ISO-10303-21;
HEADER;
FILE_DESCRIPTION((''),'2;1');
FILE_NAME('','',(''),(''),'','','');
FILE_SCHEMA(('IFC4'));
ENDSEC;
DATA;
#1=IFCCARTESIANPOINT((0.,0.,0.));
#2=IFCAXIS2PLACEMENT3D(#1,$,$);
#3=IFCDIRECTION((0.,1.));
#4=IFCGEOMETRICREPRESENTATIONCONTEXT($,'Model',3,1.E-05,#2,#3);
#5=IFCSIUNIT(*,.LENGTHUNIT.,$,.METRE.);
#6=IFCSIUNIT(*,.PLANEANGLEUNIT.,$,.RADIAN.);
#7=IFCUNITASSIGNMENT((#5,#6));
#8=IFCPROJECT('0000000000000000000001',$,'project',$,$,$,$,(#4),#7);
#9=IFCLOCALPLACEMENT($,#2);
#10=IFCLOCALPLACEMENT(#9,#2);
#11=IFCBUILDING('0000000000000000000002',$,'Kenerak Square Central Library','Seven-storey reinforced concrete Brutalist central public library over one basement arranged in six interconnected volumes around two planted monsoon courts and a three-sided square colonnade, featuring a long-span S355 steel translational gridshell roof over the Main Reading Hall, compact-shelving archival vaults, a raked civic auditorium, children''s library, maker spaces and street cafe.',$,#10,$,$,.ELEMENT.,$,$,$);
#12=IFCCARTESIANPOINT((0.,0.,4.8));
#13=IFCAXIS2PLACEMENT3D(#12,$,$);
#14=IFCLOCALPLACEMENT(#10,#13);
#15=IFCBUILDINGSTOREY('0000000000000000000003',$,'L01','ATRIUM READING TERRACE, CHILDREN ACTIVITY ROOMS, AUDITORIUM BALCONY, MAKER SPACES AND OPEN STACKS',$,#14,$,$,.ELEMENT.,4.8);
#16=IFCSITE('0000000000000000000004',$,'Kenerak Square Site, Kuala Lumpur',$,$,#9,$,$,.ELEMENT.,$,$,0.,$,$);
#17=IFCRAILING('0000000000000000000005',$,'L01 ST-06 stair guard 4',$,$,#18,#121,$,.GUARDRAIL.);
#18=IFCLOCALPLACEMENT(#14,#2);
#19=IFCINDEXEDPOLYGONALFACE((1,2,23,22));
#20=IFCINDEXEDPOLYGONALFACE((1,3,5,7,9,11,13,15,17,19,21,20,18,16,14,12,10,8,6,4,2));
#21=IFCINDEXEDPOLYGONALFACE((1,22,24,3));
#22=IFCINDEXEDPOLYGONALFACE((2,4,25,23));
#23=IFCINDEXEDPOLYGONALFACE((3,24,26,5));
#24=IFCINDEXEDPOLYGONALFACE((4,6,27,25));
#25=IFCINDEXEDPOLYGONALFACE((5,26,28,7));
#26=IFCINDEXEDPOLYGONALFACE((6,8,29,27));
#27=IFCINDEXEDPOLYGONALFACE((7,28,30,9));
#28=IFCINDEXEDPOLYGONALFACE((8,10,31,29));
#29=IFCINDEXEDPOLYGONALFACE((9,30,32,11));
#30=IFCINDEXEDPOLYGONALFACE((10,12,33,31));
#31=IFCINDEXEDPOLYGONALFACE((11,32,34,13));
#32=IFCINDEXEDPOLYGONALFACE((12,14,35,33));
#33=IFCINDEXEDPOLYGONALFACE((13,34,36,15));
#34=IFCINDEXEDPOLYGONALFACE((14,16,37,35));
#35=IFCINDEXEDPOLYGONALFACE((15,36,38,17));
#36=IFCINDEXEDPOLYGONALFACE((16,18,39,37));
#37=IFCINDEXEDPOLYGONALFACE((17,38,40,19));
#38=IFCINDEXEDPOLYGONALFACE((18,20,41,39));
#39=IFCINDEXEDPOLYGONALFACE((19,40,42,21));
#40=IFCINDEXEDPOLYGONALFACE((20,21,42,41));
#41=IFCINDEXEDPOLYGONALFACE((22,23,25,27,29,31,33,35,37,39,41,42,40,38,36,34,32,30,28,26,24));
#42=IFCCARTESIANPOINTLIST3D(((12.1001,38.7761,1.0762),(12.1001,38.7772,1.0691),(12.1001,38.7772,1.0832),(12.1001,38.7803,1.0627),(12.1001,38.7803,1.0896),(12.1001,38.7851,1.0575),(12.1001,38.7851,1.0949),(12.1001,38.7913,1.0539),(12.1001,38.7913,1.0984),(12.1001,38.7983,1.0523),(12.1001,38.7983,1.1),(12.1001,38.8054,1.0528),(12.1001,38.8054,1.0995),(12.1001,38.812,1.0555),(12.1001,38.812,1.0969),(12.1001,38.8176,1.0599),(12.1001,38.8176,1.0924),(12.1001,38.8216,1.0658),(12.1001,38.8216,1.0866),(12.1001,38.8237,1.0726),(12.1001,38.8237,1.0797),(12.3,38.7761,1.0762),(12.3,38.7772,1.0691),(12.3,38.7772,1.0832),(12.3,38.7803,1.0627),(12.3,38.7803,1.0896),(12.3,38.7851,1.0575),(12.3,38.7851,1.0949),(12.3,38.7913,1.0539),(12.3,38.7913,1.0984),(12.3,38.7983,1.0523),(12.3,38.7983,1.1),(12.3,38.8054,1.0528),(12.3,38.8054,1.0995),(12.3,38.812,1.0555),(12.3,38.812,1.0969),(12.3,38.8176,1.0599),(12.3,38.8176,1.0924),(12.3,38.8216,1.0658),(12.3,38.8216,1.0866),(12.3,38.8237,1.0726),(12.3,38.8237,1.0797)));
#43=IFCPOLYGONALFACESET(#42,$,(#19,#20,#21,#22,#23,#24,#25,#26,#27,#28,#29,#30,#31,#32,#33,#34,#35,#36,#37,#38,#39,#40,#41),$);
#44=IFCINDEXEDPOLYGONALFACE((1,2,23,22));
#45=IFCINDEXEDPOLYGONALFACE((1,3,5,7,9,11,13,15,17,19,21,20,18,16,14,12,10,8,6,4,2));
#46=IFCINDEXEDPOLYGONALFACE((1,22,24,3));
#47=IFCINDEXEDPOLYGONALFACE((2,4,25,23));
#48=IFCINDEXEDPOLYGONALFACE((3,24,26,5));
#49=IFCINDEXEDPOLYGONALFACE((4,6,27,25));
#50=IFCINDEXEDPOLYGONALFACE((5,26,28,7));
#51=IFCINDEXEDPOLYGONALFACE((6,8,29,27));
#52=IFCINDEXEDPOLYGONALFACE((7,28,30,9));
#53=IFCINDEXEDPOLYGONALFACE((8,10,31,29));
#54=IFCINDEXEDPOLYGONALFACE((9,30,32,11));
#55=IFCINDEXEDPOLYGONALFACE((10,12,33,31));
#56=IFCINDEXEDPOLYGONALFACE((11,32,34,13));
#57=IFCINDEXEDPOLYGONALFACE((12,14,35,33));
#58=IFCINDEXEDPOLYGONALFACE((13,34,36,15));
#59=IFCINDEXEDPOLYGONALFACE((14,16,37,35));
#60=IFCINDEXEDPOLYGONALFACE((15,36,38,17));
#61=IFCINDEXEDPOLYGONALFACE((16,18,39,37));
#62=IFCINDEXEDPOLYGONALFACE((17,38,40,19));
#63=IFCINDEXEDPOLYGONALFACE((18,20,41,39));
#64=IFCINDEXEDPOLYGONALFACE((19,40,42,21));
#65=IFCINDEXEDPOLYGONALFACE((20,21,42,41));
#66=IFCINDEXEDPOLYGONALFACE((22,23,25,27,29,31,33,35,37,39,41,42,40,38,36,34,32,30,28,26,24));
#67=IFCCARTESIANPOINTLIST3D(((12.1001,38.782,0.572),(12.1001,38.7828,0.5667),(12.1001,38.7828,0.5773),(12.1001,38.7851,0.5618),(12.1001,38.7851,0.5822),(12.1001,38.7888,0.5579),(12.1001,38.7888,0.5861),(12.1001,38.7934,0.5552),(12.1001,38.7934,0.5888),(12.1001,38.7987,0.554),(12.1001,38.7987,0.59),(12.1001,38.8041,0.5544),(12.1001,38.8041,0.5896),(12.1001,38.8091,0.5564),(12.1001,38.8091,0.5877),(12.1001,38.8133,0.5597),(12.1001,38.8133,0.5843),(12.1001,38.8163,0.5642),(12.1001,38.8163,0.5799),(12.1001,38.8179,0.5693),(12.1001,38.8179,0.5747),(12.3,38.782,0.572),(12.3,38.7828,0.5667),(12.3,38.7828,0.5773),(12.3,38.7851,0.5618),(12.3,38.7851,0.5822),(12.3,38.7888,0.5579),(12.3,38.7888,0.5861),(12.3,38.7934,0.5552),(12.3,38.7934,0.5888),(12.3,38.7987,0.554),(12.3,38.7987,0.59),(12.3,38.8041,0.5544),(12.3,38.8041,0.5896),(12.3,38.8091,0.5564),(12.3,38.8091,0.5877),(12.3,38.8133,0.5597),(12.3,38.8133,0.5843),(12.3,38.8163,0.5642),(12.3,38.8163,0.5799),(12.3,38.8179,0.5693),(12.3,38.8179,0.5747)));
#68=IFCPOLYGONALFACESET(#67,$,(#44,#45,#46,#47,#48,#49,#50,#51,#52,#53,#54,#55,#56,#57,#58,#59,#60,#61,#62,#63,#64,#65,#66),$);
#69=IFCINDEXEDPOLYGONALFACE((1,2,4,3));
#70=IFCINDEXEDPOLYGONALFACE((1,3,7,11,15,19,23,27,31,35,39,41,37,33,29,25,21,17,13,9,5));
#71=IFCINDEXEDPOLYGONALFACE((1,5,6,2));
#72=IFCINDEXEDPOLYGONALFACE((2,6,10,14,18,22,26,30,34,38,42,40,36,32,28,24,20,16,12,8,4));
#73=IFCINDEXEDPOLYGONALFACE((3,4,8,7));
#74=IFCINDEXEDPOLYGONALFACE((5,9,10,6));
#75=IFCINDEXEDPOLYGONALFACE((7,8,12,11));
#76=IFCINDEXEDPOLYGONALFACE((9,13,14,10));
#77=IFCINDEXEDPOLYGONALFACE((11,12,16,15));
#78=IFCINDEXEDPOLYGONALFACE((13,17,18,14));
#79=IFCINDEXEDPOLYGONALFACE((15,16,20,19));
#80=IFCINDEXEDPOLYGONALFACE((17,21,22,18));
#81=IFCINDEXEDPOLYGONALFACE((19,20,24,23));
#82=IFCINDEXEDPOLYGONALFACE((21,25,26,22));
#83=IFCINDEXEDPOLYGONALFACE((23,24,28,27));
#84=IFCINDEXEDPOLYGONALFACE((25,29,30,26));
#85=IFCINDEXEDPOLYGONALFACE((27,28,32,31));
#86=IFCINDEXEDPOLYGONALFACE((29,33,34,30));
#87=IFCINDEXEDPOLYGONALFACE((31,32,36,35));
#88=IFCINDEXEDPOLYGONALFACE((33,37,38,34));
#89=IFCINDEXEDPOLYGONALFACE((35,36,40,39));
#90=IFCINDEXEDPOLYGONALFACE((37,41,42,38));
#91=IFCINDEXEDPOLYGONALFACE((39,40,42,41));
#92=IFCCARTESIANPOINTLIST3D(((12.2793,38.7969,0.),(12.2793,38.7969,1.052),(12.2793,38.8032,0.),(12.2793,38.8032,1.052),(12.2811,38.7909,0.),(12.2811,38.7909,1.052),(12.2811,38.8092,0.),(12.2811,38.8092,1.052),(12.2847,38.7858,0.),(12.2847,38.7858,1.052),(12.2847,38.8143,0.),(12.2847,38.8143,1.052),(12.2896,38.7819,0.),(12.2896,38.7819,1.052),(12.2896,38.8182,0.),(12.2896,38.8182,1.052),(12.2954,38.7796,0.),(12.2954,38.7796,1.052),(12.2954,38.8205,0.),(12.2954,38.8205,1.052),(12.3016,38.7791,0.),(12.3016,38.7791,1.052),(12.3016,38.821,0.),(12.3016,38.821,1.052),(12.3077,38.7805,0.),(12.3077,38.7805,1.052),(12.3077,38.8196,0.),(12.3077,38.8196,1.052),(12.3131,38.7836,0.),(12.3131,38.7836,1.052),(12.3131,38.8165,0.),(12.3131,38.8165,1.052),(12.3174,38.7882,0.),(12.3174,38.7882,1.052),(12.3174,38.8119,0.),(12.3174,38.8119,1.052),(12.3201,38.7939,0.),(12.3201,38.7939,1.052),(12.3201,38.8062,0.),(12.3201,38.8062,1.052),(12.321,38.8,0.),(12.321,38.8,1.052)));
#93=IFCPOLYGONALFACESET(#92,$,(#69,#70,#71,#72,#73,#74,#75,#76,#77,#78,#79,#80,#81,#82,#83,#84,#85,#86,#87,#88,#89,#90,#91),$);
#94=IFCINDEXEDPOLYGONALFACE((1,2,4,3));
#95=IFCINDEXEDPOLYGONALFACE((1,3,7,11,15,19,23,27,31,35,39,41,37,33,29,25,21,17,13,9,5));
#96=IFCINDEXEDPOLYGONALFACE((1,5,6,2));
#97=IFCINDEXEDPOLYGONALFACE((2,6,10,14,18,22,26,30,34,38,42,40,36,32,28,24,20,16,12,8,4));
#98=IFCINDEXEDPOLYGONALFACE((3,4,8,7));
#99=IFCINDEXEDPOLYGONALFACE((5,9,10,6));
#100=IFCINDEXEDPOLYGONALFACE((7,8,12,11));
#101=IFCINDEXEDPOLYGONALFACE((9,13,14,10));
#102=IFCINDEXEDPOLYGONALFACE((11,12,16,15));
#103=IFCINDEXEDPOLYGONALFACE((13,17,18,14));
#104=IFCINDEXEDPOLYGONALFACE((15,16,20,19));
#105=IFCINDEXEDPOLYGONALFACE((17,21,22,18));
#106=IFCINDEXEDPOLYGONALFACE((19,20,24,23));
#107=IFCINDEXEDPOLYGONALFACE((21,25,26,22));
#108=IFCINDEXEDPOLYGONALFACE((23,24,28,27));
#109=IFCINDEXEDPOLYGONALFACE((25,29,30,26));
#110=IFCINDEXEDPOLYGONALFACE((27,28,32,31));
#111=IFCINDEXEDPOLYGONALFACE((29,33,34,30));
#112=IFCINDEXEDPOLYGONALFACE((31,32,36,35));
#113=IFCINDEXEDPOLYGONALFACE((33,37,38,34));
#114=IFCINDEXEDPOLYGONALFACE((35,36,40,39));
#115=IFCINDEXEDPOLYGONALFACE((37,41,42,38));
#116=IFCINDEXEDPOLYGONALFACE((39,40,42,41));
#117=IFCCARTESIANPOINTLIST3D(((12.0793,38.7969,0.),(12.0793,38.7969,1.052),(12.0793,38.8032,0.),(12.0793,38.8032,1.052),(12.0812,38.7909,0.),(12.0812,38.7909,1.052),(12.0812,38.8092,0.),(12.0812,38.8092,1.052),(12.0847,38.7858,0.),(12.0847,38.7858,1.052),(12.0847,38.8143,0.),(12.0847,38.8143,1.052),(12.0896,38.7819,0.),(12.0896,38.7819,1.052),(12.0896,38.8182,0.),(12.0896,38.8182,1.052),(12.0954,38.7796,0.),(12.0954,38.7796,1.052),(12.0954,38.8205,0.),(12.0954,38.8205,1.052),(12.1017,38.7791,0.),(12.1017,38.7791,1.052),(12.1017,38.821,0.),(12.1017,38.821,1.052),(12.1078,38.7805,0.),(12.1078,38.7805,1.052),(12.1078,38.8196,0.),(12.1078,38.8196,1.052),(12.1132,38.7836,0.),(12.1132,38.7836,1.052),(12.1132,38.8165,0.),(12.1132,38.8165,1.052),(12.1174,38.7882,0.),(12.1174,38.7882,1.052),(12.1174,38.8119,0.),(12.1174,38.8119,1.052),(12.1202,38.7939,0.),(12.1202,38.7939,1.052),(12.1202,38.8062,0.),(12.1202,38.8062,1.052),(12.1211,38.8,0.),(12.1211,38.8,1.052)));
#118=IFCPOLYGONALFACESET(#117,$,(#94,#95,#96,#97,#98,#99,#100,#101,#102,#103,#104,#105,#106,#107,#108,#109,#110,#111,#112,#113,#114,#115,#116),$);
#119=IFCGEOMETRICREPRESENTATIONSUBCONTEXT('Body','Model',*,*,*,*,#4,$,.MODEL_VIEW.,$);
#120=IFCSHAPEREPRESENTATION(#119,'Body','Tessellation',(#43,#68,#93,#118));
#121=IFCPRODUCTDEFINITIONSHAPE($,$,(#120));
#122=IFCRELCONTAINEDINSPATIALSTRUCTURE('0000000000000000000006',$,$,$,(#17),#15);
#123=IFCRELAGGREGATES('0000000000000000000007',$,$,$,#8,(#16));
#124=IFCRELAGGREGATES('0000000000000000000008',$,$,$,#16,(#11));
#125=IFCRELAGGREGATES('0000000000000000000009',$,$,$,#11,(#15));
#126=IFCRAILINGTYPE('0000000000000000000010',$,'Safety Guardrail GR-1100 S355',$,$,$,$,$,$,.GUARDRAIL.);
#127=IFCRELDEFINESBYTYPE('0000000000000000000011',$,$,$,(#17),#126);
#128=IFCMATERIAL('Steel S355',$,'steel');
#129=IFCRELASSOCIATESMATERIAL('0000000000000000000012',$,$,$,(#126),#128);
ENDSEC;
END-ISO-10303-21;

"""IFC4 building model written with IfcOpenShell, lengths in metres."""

from ifc_helpers import new_model, si_unit, direction, frame, origin, origin_2d, place, context, subcontext, project, spatial, circle, extrude, material, type_object, element, save


model = new_model("IFC4")

# Units and contexts
model_context = context("Model", 3, precision=1e-05, world=origin(), true_north=direction((0.0, 1.0)))
body_context = subcontext(model_context, "Body", "Model", "MODEL_VIEW")
ifc_project = project(units=[si_unit("LENGTHUNIT", "METRE"), si_unit("PLANEANGLEUNIT", "RADIAN")], contexts=[model_context])

# Site, building, storey
site_placement = place(None, origin())
site = spatial("IfcSite", under=ifc_project, at=site_placement, Name="Kenerak Square Site, Kuala Lumpur", CompositionType="ELEMENT", RefElevation=0.0)
building_placement = place(site_placement, origin())
building = spatial("IfcBuilding", under=site, at=building_placement, Name="Kenerak Square Central Library", Description="Seven-storey reinforced concrete Brutalist central public library over one basement arranged in six interconnected volumes around two planted monsoon courts and a three-sided square colonnade, featuring a long-span S355 steel translational gridshell roof over the Main Reading Hall, compact-shelving archival vaults, a raked civic auditorium, children's library, maker spaces and street cafe.", CompositionType="ELEMENT")
storey_placement = place(building_placement, frame((0.0, 0.0, 4.8)))
storey = spatial("IfcBuildingStorey", under=building, at=storey_placement, Name="L01", Description="ATRIUM READING TERRACE, CHILDREN ACTIVITY ROOMS, AUDITORIUM BALCONY, MAKER SPACES AND OPEN STACKS", CompositionType="ELEMENT", Elevation=4.8)

# Shared definitions
ifc_material_1 = material(Name="Steel S355", Category="steel")

# Railing
railing_type_1 = type_object("IfcRailingType", Name="Safety Guardrail GR-1100 S355", PredefinedType="GUARDRAIL", material=ifc_material_1)
railing_1_placement = place(storey_placement, frame((12.3, 38.8, 0.0)))
element("IfcRailing", 1, at=railing_1_placement, inside=storey, type_object=railing_type_1, Name="L01 ST-06 stair guard 4", PredefinedType="GUARDRAIL", context=body_context, shape_type="SweptSolid", body=[
    extrude(circle(Radius=0.0239, at=origin_2d()), frame((0.0, 0.0, 1.0762), z_axis=(-1.0, 0.0, 0.0), x_axis=(0.0, -1.0, 0.0)), (0.0, 0.0, 1.0), 0.2),
    extrude(circle(Radius=0.0181, at=origin_2d()), frame((0.0, 0.0, 0.572), z_axis=(-1.0, 0.0, 0.0), x_axis=(0.0, -1.0, 0.0)), (0.0, 0.0, 1.0), 0.2),
    extrude(circle(Radius=0.021, at=origin_2d()), origin(), (0.0, 0.0, 1.0), 1.052),
    extrude(circle(Radius=0.021, at=origin_2d()), frame((-0.2, 0.0, 0.0)), (0.0, 0.0, 1.0), 1.052),
])

save(model, "model.ifc")
